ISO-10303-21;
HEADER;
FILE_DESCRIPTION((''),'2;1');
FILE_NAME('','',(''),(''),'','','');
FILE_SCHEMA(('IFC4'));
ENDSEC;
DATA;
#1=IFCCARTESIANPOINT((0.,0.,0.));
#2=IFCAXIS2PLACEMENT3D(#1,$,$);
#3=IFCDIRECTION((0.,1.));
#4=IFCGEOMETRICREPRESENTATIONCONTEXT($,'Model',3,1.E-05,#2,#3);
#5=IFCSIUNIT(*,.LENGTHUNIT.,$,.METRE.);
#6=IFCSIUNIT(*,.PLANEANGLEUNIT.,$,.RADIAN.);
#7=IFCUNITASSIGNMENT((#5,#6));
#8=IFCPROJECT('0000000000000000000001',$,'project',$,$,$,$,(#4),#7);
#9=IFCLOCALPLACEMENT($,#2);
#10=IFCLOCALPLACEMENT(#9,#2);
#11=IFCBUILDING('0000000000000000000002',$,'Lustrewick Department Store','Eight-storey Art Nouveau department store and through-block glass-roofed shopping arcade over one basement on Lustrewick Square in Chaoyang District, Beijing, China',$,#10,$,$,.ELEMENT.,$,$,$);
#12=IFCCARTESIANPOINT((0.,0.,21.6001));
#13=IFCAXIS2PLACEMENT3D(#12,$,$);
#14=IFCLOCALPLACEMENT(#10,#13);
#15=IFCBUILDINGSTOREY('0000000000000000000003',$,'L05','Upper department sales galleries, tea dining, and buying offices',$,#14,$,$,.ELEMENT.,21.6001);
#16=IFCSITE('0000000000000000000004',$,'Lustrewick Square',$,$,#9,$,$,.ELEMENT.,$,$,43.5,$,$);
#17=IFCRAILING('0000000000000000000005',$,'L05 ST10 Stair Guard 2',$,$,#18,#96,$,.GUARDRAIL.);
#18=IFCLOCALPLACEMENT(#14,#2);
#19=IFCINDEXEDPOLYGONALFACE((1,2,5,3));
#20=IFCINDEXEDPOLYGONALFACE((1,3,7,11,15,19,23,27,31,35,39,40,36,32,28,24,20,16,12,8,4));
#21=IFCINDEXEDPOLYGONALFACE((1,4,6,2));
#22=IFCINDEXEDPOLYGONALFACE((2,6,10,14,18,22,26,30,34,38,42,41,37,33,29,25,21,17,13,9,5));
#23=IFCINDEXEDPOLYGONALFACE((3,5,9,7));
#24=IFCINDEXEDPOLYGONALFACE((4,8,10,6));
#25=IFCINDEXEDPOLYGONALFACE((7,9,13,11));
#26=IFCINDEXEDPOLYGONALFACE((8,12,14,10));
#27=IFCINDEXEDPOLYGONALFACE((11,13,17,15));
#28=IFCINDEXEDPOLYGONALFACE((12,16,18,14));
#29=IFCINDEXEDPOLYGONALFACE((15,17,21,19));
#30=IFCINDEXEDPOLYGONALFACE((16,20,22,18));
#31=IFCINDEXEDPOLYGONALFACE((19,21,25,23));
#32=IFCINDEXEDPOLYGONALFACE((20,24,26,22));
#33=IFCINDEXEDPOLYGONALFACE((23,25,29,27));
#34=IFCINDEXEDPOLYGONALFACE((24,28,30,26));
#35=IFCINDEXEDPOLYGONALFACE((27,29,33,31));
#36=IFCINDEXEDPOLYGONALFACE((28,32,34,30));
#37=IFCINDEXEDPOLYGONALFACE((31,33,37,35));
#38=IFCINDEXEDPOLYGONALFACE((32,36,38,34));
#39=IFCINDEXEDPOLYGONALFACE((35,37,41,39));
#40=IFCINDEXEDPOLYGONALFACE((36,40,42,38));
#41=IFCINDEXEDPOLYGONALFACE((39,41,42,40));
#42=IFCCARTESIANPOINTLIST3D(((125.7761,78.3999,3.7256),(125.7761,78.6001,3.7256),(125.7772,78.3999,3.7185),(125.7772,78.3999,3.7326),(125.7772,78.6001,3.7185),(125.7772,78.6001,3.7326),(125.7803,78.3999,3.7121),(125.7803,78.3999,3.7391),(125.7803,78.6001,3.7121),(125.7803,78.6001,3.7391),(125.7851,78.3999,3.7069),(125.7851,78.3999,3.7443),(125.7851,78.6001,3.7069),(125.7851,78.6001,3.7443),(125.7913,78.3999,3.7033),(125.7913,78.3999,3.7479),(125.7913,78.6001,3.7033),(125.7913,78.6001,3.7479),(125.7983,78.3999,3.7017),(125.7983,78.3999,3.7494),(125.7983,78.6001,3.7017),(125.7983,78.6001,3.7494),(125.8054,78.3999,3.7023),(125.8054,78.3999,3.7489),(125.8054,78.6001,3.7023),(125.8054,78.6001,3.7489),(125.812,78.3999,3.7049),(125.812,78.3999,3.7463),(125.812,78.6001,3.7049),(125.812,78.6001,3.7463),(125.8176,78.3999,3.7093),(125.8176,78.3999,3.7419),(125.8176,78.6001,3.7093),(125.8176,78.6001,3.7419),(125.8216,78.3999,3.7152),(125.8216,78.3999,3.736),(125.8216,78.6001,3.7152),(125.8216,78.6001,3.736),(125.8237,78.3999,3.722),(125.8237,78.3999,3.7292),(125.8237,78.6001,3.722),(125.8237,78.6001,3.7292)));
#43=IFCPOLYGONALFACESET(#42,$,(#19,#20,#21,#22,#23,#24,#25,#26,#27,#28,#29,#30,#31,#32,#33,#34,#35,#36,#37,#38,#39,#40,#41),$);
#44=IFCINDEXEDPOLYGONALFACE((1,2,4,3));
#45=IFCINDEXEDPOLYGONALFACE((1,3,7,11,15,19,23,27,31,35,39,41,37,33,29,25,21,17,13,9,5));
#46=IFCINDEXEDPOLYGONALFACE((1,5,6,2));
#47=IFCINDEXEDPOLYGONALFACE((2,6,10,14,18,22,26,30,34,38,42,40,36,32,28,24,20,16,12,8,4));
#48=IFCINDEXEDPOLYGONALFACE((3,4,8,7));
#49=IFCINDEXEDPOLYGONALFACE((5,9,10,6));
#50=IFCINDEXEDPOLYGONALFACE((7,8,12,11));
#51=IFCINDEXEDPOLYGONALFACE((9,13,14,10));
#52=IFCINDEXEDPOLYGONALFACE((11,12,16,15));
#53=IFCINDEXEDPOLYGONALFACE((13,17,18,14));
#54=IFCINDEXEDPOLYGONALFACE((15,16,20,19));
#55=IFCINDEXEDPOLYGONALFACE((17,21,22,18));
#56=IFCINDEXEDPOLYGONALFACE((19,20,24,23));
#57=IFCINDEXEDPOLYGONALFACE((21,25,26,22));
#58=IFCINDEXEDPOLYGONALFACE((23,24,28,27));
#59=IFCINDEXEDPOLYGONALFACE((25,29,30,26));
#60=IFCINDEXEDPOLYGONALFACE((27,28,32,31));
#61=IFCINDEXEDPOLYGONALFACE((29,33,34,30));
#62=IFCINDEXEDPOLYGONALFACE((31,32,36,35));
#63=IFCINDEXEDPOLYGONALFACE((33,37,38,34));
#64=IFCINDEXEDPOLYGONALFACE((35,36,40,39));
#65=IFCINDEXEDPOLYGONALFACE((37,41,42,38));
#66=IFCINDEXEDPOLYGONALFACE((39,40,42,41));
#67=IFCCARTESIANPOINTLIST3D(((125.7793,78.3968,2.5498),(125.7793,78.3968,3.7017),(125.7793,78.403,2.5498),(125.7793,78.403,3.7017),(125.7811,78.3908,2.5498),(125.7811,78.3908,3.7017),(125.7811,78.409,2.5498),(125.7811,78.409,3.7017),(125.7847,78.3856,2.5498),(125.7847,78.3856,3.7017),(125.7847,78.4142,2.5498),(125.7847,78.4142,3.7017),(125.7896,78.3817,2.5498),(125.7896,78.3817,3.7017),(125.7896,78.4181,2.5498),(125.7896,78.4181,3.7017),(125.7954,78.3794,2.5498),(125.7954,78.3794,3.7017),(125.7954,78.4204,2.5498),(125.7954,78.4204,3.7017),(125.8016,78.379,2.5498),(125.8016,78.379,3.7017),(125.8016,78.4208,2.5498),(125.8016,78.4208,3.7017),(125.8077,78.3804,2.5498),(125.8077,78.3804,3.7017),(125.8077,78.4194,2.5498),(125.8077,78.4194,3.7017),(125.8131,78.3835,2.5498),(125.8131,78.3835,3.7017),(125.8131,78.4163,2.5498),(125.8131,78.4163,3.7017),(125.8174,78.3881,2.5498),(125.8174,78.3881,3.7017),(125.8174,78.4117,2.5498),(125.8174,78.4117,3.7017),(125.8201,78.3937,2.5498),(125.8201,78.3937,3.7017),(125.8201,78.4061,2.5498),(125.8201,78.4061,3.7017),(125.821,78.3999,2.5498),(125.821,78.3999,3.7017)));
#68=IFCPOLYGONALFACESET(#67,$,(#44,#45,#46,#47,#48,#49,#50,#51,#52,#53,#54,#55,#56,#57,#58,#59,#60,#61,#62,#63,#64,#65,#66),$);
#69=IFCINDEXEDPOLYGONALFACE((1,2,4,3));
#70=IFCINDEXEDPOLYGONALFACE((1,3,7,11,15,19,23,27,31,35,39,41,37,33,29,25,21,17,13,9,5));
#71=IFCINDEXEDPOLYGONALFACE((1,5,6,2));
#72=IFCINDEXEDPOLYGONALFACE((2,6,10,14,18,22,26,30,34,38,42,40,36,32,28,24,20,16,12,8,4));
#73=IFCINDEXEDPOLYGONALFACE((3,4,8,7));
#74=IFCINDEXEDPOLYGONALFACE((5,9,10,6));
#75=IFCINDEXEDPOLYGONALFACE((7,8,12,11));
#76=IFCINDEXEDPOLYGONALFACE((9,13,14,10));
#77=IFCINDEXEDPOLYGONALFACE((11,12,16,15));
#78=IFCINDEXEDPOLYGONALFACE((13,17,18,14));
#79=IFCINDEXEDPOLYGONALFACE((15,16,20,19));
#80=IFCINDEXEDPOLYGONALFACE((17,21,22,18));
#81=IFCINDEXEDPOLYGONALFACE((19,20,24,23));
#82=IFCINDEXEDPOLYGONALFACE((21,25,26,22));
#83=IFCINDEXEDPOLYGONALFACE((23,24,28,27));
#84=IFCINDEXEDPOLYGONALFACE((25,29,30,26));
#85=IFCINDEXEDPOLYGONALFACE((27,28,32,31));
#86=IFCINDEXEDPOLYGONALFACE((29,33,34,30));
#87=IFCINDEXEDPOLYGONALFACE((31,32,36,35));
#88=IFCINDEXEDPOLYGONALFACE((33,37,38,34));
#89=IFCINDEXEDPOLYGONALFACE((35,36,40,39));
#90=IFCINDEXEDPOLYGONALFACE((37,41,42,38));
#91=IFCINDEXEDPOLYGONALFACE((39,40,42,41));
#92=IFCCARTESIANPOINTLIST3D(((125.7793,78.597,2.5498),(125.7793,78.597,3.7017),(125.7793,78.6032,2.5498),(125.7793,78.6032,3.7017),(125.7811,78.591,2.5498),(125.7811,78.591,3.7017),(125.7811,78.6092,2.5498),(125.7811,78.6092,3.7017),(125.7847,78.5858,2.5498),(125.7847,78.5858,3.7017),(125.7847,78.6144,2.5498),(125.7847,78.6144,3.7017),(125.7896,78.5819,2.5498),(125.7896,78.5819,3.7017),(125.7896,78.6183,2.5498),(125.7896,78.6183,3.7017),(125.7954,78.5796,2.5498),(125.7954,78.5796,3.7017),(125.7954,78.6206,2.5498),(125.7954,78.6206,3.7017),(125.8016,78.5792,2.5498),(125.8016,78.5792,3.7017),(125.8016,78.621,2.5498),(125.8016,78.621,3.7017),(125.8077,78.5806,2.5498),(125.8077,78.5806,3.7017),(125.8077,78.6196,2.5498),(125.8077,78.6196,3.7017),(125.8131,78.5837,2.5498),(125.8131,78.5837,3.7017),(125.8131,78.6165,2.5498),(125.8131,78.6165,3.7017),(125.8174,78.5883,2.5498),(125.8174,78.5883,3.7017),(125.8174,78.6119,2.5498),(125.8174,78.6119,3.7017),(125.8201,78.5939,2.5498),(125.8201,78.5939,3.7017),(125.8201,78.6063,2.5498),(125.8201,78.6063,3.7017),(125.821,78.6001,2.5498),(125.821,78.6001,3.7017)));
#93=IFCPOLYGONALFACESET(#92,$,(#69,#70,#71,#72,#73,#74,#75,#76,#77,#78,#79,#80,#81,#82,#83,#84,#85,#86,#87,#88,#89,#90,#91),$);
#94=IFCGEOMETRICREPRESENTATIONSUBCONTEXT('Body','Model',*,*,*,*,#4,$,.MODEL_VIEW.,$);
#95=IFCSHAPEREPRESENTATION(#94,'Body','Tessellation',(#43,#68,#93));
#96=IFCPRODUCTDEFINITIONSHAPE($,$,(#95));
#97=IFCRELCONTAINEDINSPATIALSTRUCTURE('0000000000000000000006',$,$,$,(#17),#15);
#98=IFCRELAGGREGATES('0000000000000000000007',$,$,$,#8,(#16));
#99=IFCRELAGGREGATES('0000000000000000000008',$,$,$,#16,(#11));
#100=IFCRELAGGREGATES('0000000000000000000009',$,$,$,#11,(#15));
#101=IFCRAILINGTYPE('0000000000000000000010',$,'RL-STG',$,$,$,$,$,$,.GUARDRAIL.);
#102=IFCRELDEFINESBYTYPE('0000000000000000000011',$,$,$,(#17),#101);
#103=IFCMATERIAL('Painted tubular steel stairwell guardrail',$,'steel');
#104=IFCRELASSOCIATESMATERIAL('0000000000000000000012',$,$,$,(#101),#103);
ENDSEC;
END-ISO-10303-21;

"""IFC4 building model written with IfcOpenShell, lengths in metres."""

from ifc_helpers import new_model, si_unit, direction, frame, origin, origin_2d, place, context, subcontext, project, spatial, circle, extrude, material, type_object, element, save


model = new_model("IFC4")

# Units and contexts
model_context = context("Model", 3, precision=1e-05, world=origin(), true_north=direction((0.0, 1.0)))
body_context = subcontext(model_context, "Body", "Model", "MODEL_VIEW")
ifc_project = project(units=[si_unit("LENGTHUNIT", "METRE"), si_unit("PLANEANGLEUNIT", "RADIAN")], contexts=[model_context])

# Site, building, storey
site_placement = place(None, origin())
site = spatial("IfcSite", under=ifc_project, at=site_placement, Name="Lustrewick Square", CompositionType="ELEMENT", RefElevation=43.5)
building_placement = place(site_placement, origin())
building = spatial("IfcBuilding", under=site, at=building_placement, Name="Lustrewick Department Store", Description="Eight-storey Art Nouveau department store and through-block glass-roofed shopping arcade over one basement on Lustrewick Square in Chaoyang District, Beijing, China", CompositionType="ELEMENT")
storey_placement = place(building_placement, frame((0.0, 0.0, 21.6001)))
storey = spatial("IfcBuildingStorey", under=building, at=storey_placement, Name="L05", Description="Upper department sales galleries, tea dining, and buying offices", CompositionType="ELEMENT", Elevation=21.6001)

# Railing
ifc_material_1 = material(Name="Painted tubular steel stairwell guardrail", Category="steel")
railing_type_1 = type_object("IfcRailingType", Name="RL-STG", PredefinedType="GUARDRAIL", material=ifc_material_1)
railing_1_placement = place(storey_placement, frame((125.8, 78.3999, 2.5498)))
element("IfcRailing", 1, at=railing_1_placement, inside=storey, type_object=railing_type_1, Name="L05 ST10 Stair Guard 2", PredefinedType="GUARDRAIL", context=body_context, shape_type="SweptSolid", body=[
    extrude(circle(Radius=0.0239, at=origin_2d()), frame((0.0, 0.0, 1.1758), z_axis=(0.0, 1.0, 0.0), x_axis=(-1.0, 0.0, 0.0)), (0.0, 0.0, 1.0), 0.2002),
    extrude(circle(Radius=0.021, at=origin_2d()), origin(), (0.0, 0.0, 1.0), 1.1519),
    extrude(circle(Radius=0.021, at=origin_2d()), frame((0.0, 0.2002, 0.0)), (0.0, 0.0, 1.0), 1.1519),
])

save(model, "model.ifc")
